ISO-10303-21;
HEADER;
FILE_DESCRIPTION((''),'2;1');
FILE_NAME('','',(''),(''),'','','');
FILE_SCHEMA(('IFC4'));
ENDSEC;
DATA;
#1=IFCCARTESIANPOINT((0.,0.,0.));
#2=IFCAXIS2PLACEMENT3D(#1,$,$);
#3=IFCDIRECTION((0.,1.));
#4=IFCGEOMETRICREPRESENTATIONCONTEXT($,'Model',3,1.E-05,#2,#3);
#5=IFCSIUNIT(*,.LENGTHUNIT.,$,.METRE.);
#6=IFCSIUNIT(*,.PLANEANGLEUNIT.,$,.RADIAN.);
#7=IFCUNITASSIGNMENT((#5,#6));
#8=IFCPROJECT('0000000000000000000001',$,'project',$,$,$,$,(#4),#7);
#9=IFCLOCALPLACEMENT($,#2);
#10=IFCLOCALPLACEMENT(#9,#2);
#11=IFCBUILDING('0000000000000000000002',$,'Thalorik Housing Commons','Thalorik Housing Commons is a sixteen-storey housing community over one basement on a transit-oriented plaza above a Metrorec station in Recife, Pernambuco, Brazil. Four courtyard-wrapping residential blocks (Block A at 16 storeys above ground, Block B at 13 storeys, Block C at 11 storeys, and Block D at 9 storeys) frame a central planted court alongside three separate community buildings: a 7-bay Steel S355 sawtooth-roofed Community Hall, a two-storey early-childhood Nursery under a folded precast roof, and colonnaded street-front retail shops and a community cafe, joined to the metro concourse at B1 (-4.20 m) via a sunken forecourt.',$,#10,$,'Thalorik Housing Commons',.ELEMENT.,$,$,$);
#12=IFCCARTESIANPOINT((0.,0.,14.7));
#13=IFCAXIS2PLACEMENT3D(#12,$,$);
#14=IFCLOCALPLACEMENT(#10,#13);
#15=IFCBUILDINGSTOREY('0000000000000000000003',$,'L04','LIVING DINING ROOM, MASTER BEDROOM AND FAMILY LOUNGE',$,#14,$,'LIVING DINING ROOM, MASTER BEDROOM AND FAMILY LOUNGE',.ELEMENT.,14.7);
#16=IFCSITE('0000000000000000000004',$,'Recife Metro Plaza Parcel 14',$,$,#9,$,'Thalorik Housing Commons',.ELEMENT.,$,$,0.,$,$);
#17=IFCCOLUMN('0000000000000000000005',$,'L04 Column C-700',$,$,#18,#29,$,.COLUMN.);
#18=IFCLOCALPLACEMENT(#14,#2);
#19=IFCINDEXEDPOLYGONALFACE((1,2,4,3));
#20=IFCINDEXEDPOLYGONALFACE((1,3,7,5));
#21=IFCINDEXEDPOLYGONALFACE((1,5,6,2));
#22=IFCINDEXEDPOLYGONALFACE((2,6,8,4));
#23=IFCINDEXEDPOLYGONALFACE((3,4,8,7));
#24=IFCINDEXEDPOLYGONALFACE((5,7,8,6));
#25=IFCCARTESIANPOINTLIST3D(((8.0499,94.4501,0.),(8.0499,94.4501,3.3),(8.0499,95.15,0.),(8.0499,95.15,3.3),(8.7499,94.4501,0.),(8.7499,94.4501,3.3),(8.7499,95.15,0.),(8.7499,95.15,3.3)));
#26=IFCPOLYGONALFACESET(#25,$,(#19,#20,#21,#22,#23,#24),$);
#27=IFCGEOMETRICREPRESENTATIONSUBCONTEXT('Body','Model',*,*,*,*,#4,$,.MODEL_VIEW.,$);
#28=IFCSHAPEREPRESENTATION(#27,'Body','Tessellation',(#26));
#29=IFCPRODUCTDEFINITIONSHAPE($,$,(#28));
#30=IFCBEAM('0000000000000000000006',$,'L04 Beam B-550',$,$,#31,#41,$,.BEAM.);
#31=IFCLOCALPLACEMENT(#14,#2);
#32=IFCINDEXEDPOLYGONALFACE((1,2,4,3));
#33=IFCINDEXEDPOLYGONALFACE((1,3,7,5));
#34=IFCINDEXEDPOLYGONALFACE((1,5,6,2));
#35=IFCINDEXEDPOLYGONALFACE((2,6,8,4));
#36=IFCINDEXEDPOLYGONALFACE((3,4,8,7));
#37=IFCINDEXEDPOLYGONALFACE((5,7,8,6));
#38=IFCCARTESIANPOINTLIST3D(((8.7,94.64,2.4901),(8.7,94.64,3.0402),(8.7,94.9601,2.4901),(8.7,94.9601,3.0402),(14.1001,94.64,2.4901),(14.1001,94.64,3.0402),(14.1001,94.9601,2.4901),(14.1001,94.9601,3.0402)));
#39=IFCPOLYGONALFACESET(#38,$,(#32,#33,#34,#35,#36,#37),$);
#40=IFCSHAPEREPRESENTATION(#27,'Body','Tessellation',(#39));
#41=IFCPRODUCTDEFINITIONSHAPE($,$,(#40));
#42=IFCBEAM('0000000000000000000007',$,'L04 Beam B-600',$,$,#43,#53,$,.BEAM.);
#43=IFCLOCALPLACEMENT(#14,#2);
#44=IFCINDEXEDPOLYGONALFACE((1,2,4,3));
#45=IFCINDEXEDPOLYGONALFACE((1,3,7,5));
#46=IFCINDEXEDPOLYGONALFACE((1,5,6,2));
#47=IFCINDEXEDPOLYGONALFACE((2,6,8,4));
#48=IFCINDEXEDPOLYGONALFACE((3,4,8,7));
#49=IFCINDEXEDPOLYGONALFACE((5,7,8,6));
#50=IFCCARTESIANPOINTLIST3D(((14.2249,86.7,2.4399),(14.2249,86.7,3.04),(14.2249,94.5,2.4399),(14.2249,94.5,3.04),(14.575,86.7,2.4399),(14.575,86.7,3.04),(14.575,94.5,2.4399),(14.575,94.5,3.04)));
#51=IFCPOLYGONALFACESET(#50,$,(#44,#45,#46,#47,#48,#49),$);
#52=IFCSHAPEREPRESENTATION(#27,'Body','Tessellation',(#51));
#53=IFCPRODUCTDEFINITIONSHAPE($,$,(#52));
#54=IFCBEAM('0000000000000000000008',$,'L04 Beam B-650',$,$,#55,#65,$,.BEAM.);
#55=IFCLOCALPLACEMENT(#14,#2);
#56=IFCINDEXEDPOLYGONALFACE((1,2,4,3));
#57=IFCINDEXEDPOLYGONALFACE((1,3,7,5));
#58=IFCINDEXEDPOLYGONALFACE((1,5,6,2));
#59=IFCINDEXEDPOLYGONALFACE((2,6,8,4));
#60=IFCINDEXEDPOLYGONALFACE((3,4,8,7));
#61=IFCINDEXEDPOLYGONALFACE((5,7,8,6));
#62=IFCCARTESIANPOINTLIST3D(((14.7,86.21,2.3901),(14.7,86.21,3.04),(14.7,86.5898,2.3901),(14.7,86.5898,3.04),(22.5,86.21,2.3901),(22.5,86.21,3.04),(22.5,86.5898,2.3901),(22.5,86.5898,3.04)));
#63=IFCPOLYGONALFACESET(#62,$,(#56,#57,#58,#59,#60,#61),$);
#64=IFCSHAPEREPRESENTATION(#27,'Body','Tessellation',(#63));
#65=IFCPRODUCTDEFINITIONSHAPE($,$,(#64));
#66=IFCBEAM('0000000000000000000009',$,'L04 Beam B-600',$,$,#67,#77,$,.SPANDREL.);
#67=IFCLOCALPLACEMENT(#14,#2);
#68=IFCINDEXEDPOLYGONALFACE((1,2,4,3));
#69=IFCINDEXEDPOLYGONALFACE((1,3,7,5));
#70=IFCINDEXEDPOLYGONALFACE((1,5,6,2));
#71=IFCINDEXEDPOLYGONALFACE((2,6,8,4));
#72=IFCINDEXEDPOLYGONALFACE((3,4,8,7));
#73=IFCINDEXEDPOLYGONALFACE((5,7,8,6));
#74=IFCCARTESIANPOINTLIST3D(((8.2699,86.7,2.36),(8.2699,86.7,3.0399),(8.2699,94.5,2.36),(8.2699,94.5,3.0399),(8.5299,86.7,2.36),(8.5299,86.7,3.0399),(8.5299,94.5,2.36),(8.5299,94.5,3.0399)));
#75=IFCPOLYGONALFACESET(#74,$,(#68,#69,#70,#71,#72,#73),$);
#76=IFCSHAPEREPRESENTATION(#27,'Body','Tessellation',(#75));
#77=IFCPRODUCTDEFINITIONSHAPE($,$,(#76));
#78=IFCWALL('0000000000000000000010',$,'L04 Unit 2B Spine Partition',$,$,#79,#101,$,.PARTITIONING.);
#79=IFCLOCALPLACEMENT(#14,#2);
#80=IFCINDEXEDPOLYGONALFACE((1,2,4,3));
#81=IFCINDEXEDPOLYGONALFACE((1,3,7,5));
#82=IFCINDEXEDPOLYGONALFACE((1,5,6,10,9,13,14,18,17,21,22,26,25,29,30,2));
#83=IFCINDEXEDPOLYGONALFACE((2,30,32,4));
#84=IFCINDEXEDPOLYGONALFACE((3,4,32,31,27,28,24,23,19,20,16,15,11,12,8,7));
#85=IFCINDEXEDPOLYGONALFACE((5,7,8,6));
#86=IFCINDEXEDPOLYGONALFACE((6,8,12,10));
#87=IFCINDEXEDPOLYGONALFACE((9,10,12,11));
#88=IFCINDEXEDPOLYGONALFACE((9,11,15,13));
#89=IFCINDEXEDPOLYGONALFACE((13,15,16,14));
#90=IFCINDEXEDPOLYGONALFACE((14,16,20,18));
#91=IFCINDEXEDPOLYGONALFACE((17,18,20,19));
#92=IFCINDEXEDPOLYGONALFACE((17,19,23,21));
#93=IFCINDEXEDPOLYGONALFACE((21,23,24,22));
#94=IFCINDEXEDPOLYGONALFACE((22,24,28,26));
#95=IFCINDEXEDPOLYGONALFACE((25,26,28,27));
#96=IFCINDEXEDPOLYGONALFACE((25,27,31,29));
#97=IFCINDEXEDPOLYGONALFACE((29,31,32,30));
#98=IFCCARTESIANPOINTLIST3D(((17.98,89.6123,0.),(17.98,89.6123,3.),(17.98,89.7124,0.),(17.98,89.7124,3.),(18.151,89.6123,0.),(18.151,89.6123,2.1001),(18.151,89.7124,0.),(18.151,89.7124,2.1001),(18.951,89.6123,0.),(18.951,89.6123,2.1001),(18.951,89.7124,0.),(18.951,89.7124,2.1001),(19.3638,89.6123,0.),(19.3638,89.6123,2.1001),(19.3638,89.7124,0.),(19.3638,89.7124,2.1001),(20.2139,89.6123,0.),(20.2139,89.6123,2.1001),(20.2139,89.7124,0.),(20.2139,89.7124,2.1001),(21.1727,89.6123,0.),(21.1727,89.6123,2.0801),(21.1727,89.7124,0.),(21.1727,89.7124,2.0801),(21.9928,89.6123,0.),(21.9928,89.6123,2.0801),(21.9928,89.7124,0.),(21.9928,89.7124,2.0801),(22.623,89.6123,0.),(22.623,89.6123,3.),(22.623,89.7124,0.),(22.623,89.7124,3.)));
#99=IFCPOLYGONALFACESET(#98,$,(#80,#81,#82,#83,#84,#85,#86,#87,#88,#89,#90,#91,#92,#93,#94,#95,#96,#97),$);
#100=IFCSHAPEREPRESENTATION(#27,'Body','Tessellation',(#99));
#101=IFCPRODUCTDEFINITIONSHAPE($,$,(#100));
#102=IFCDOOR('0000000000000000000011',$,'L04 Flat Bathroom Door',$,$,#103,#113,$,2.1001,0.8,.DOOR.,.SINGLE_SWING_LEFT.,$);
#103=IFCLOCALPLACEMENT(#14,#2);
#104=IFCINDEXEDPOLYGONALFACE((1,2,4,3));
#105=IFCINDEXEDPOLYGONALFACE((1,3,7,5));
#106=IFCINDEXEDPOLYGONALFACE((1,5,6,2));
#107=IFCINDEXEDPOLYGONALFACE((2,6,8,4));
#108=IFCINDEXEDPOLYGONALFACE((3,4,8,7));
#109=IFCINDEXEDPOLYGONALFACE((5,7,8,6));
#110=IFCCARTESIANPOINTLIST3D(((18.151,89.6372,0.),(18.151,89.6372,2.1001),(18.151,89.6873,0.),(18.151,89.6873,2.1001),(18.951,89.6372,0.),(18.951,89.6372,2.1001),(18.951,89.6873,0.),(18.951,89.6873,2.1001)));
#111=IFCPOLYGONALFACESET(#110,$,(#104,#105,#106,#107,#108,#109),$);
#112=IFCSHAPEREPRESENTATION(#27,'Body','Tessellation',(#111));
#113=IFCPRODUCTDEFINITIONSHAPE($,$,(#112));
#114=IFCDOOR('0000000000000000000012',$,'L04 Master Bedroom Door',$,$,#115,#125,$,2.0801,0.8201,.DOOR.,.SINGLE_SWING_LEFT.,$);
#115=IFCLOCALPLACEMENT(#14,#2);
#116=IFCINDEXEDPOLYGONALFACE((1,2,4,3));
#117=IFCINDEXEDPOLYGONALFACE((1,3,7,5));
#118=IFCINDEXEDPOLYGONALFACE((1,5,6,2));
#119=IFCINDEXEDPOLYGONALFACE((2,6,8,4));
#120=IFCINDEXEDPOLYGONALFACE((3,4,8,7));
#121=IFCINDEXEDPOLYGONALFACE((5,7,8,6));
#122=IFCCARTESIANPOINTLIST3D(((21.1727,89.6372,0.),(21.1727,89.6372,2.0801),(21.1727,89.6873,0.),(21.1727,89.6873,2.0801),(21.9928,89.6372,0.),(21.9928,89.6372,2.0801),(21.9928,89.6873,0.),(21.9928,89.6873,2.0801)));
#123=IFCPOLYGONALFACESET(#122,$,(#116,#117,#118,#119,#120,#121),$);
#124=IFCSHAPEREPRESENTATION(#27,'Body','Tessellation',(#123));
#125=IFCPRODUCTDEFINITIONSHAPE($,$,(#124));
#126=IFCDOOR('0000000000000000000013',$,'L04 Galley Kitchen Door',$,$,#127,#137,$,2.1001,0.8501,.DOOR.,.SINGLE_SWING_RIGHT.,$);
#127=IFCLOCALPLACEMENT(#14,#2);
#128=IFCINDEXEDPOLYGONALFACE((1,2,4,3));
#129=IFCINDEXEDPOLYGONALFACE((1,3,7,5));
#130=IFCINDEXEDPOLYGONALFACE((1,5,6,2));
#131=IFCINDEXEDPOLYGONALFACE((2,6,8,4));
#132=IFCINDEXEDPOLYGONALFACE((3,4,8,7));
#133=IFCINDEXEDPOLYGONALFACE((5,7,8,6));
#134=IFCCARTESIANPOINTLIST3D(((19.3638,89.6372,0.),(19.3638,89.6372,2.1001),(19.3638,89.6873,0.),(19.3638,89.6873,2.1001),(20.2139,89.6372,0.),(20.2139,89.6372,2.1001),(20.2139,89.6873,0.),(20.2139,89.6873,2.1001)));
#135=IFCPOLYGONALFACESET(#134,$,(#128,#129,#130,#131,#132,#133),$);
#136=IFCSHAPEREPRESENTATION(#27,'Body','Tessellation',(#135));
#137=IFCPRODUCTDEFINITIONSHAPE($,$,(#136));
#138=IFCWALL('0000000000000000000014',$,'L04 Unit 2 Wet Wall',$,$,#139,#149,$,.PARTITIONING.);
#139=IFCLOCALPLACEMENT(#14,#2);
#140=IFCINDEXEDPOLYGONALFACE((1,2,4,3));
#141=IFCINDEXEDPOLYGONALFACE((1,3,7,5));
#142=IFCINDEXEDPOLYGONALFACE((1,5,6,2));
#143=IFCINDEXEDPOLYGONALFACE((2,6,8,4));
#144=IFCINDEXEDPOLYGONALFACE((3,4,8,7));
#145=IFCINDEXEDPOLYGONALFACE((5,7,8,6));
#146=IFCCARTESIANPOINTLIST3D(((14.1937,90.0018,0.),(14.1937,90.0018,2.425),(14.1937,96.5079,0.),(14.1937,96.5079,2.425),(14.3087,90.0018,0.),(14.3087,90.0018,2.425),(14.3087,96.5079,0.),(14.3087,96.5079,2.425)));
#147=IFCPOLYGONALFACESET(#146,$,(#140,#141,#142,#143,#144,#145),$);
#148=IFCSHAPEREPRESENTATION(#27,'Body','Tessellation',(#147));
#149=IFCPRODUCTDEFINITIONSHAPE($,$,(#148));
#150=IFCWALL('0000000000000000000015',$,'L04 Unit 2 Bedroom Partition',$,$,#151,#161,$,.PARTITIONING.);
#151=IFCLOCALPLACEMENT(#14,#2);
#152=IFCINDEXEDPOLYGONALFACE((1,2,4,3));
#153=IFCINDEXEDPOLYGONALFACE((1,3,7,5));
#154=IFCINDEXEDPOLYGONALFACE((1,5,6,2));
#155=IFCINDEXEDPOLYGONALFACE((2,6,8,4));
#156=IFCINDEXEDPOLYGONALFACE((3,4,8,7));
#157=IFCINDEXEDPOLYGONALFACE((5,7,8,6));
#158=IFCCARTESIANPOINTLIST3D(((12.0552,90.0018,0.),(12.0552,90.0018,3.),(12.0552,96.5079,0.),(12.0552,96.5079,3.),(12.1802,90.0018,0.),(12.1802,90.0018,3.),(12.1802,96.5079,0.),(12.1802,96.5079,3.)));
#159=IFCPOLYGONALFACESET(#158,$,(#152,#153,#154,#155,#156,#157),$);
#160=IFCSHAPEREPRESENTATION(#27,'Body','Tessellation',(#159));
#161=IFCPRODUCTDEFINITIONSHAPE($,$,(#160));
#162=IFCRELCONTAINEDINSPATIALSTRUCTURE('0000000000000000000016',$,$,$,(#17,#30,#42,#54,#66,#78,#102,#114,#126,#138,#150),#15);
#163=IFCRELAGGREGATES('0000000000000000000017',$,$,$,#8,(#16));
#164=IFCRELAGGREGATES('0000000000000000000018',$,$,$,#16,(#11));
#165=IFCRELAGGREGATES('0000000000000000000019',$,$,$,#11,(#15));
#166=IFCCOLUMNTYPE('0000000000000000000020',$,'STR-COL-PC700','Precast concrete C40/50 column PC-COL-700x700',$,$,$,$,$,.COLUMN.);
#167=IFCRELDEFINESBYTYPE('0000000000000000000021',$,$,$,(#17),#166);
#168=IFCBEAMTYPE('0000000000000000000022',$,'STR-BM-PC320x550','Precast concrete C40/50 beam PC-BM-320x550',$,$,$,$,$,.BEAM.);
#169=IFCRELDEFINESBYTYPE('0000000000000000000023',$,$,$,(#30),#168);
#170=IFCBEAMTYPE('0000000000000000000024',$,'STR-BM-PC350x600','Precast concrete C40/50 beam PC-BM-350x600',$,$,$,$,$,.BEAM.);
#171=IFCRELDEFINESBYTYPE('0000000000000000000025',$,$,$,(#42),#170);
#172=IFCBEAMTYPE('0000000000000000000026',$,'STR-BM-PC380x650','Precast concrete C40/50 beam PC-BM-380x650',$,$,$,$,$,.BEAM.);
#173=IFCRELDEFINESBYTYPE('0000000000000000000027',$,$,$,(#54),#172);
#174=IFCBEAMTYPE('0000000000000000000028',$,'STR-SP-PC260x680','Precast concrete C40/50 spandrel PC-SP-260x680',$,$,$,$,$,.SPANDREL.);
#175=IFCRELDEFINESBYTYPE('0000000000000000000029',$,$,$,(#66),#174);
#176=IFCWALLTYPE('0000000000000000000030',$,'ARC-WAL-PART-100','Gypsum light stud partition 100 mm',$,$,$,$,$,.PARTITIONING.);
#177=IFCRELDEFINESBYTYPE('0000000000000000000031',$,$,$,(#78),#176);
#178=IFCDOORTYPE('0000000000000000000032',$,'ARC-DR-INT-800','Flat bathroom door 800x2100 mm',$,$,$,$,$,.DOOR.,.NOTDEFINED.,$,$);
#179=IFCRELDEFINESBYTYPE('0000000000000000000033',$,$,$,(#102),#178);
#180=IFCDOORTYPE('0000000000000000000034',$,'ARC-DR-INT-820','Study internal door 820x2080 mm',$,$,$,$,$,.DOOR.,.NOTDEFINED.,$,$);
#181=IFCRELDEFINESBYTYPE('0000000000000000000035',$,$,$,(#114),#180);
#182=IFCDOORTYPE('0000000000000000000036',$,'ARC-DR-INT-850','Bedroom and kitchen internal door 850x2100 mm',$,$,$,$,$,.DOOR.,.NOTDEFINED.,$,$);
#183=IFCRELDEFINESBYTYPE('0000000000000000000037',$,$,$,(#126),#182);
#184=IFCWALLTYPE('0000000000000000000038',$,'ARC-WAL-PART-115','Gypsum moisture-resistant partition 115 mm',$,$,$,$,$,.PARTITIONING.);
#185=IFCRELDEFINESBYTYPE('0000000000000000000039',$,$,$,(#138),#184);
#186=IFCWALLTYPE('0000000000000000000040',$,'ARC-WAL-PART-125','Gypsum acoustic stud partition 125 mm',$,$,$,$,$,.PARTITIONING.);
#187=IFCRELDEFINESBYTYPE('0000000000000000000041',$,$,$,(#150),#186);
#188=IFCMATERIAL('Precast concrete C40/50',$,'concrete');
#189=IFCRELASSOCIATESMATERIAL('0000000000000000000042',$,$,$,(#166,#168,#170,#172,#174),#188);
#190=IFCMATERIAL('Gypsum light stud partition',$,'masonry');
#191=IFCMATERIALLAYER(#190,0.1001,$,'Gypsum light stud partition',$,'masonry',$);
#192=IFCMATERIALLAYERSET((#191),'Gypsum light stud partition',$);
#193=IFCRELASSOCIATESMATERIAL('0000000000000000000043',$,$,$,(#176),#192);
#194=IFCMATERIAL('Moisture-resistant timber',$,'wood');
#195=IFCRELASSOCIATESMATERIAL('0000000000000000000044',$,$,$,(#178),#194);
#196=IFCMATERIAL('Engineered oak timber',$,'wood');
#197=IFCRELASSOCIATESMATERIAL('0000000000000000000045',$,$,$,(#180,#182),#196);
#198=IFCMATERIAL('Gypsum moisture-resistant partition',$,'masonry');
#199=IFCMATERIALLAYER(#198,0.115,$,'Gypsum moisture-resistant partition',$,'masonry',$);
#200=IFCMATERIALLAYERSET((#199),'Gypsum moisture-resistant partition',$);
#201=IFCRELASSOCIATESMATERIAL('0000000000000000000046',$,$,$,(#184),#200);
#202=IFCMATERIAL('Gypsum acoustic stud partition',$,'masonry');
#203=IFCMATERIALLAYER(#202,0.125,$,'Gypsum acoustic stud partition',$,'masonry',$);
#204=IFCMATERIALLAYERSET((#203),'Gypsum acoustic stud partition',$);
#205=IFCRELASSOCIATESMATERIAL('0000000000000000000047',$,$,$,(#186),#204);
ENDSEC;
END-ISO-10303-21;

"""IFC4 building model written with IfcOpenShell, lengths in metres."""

from ifc_helpers import new_model, si_unit, direction, frame, frame_2d, origin, origin_2d, place, context, subcontext, project, spatial, rectangle, extrude, material, layer, layer_set, material_profile, profile_set, type_object, element, fill, save


model = new_model("IFC4")

# Units and contexts
model_context = context("Model", 3, precision=1e-05, world=origin(), true_north=direction((0.0, 1.0)))
body_context = subcontext(model_context, "Body", "Model", "MODEL_VIEW")
ifc_project = project(units=[si_unit("LENGTHUNIT", "METRE"), si_unit("PLANEANGLEUNIT", "RADIAN")], contexts=[model_context])

# Site, building, storey
site_placement = place(None, origin())
site = spatial("IfcSite", under=ifc_project, at=site_placement, Name="Recife Metro Plaza Parcel 14", LongName="Thalorik Housing Commons", CompositionType="ELEMENT", RefElevation=0.0)
building_placement = place(site_placement, origin())
building = spatial("IfcBuilding", under=site, at=building_placement, Name="Thalorik Housing Commons", Description="Thalorik Housing Commons is a sixteen-storey housing community over one basement on a transit-oriented plaza above a Metrorec station in Recife, Pernambuco, Brazil. Four courtyard-wrapping residential blocks (Block A at 16 storeys above ground, Block B at 13 storeys, Block C at 11 storeys, and Block D at 9 storeys) frame a central planted court alongside three separate community buildings: a 7-bay Steel S355 sawtooth-roofed Community Hall, a two-storey early-childhood Nursery under a folded precast roof, and colonnaded street-front retail shops and a community cafe, joined to the metro concourse at B1 (-4.20 m) via a sunken forecourt.", LongName="Thalorik Housing Commons", CompositionType="ELEMENT")
storey_placement = place(building_placement, frame((0.0, 0.0, 14.7)))
storey = spatial("IfcBuildingStorey", under=building, at=storey_placement, Name="L04", Description="LIVING DINING ROOM, MASTER BEDROOM AND FAMILY LOUNGE", LongName="LIVING DINING ROOM, MASTER BEDROOM AND FAMILY LOUNGE", CompositionType="ELEMENT", Elevation=14.7)

# Column
ifc_material_1 = material(Name="Precast concrete C40/50", Category="concrete")
ifc_material_profile_1 = material_profile(ifc_material_1, rectangle(XDim=0.7, YDim=0.7, at=origin_2d()), Name="PC 700x700", Category="concrete")
ifc_profile_set_1 = profile_set([ifc_material_profile_1], Name="Precast concrete C40/50")
column_type = type_object("IfcColumnType", Name="STR-COL-PC700", Description="Precast concrete C40/50 column PC-COL-700x700", PredefinedType="COLUMN", material=ifc_profile_set_1)
column_placement = place(storey_placement, frame((8.3999, 94.8, 0.0), z_axis=(0.0, 0.0, 1.0), x_axis=(1.0, 0.0, 0.0)))
element("IfcColumn", 1, at=column_placement, inside=storey, type_object=column_type, Name="L04 Column C-700", PredefinedType="COLUMN", context=body_context, shape_type="SweptSolid", body=[
    extrude(rectangle(XDim=0.7, YDim=0.7, at=origin_2d()), origin(), (0.0, 0.0, 1.0), 3.3),
])

# Beams
ifc_material_profile_2 = material_profile(ifc_material_1, rectangle(XDim=0.3201, YDim=0.55, at=origin_2d()), Name="PC 320x550", Category="concrete")
ifc_profile_set_2 = profile_set([ifc_material_profile_2], Name="Precast concrete C40/50")
beam_type_1 = type_object("IfcBeamType", Name="STR-BM-PC320x550", Description="Precast concrete C40/50 beam PC-BM-320x550", PredefinedType="BEAM", material=ifc_profile_set_2)
beam_1_placement = place(storey_placement, frame((8.7, 94.8, 2.7651), z_axis=(1.0, 0.0, 0.0), x_axis=(0.0, 1.0, 0.0)))
element("IfcBeam", 2, at=beam_1_placement, inside=storey, type_object=beam_type_1, Name="L04 Beam B-550", PredefinedType="BEAM", context=body_context, shape_type="SweptSolid", body=[
    extrude(rectangle(XDim=0.3201, YDim=0.55, at=origin_2d()), origin(), (0.0, 0.0, 1.0), 5.4001),
])
ifc_material_profile_3 = material_profile(ifc_material_1, rectangle(XDim=0.3501, YDim=0.6001, at=origin_2d()), Name="PC 350x600", Category="concrete")
ifc_profile_set_3 = profile_set([ifc_material_profile_3], Name="Precast concrete C40/50")
beam_type_2 = type_object("IfcBeamType", Name="STR-BM-PC350x600", Description="Precast concrete C40/50 beam PC-BM-350x600", PredefinedType="BEAM", material=ifc_profile_set_3)
beam_2_placement = place(storey_placement, frame((14.3999, 86.7, 2.74), z_axis=(0.0, 1.0, 0.0), x_axis=(-1.0, 0.0, 0.0)))
element("IfcBeam", 3, at=beam_2_placement, inside=storey, type_object=beam_type_2, Name="L04 Beam B-600", PredefinedType="BEAM", context=body_context, shape_type="SweptSolid", body=[
    extrude(rectangle(XDim=0.3501, YDim=0.6001, at=origin_2d()), origin(), (0.0, 0.0, 1.0), 7.8),
])
ifc_material_profile_4 = material_profile(ifc_material_1, rectangle(XDim=0.3799, YDim=0.6499, at=origin_2d()), Name="PC 380x650", Category="concrete")
ifc_profile_set_4 = profile_set([ifc_material_profile_4], Name="Precast concrete C40/50")
beam_type_3 = type_object("IfcBeamType", Name="STR-BM-PC380x650", Description="Precast concrete C40/50 beam PC-BM-380x650", PredefinedType="BEAM", material=ifc_profile_set_4)
beam_3_placement = place(storey_placement, frame((14.7, 86.3999, 2.7151), z_axis=(1.0, 0.0, 0.0), x_axis=(0.0, 1.0, 0.0)))
element("IfcBeam", 4, at=beam_3_placement, inside=storey, type_object=beam_type_3, Name="L04 Beam B-650", PredefinedType="BEAM", context=body_context, shape_type="SweptSolid", body=[
    extrude(rectangle(XDim=0.3799, YDim=0.6499, at=origin_2d()), origin(), (0.0, 0.0, 1.0), 7.8),
])
ifc_material_profile_5 = material_profile(ifc_material_1, rectangle(XDim=0.26, YDim=0.6799, at=origin_2d()), Name="PC SP 260x680", Category="concrete")
ifc_profile_set_5 = profile_set([ifc_material_profile_5], Name="Precast concrete C40/50")
beam_type_4 = type_object("IfcBeamType", Name="STR-SP-PC260x680", Description="Precast concrete C40/50 spandrel PC-SP-260x680", PredefinedType="SPANDREL", material=ifc_profile_set_5)
beam_4_placement = place(storey_placement, frame((8.3999, 86.7, 2.7), z_axis=(0.0, 1.0, 0.0), x_axis=(-1.0, 0.0, 0.0)))
element("IfcBeam", 5, at=beam_4_placement, inside=storey, type_object=beam_type_4, Name="L04 Beam B-600", PredefinedType="SPANDREL", context=body_context, shape_type="SweptSolid", body=[
    extrude(rectangle(XDim=0.26, YDim=0.6799, at=origin_2d()), origin(), (0.0, 0.0, 1.0), 7.8),
])

# Wall, openings, doors
ifc_material_2 = material(Name="Gypsum light stud partition", Category="masonry")
ifc_layer_1 = layer(ifc_material_2, 0.1001, Name="Gypsum light stud partition", Category="masonry")
ifc_layer_set_1 = layer_set([ifc_layer_1], Name="Gypsum light stud partition")
wall_type_1 = type_object("IfcWallType", Name="ARC-WAL-PART-100", Description="Gypsum light stud partition 100 mm", PredefinedType="PARTITIONING", material=ifc_layer_set_1)
wall_1_placement = place(storey_placement, frame((17.98, 89.6624, 0.0), z_axis=(0.0, 0.0, 1.0), x_axis=(1.0, 0.0, 0.0)))
wall_1 = element("IfcWall", 6, at=wall_1_placement, inside=storey, type_object=wall_type_1, Name="L04 Unit 2B Spine Partition", PredefinedType="PARTITIONING", context=body_context, shape_type="SweptSolid", body=[
    extrude(rectangle(XDim=4.6431, YDim=0.1001, at=frame_2d((2.3215, 0.0))), origin(), (0.0, 0.0, 1.0), 3.0),
])
opening_1_placement = place(wall_1_placement, frame((0.1711, 0.0, 0.0)))
opening_1 = element("IfcOpeningElement", 7, at=opening_1_placement, cuts=wall_1, PredefinedType="OPENING", context=body_context, shape_type="SweptSolid", body=[
    extrude(rectangle(XDim=0.8, YDim=2.1001, at=frame_2d((0.3999, 1.05))), frame((0.0, 0.0601, 0.0), z_axis=(0.0, -1.0, 0.0), x_axis=(1.0, 0.0, 0.0)), (0.0, 0.0, 1.0), 0.1201),
])
opening_2_placement = place(wall_1_placement, frame((1.3838, 0.0, 0.0)))
opening_2 = element("IfcOpeningElement", 8, at=opening_2_placement, cuts=wall_1, PredefinedType="OPENING", context=body_context, shape_type="SweptSolid", body=[
    extrude(rectangle(XDim=0.8501, YDim=2.1001, at=frame_2d((0.425, 1.05))), frame((0.0, 0.0601, 0.0), z_axis=(0.0, -1.0, 0.0), x_axis=(1.0, 0.0, 0.0)), (0.0, 0.0, 1.0), 0.1201),
])
opening_3_placement = place(wall_1_placement, frame((3.1926, 0.0, 0.0)))
opening_3 = element("IfcOpeningElement", 9, at=opening_3_placement, cuts=wall_1, PredefinedType="OPENING", context=body_context, shape_type="SweptSolid", body=[
    extrude(rectangle(XDim=0.8201, YDim=2.0801, at=frame_2d((0.4102, 1.04))), frame((0.0, 0.0601, 0.0), z_axis=(0.0, -1.0, 0.0), x_axis=(1.0, 0.0, 0.0)), (0.0, 0.0, 1.0), 0.1201),
])
ifc_material_3 = material(Name="Moisture-resistant timber", Category="wood")
door_type_1 = type_object("IfcDoorType", Name="ARC-DR-INT-800", Description="Flat bathroom door 800x2100 mm", OperationType="NOTDEFINED", PredefinedType="DOOR", material=ifc_material_3)
door_1_placement = place(opening_1_placement, origin())
door_1 = element("IfcDoor", 10, at=door_1_placement, inside=storey, type_object=door_type_1, Name="L04 Flat Bathroom Door", OperationType="SINGLE_SWING_LEFT", OverallHeight=2.1001, OverallWidth=0.8, PredefinedType="DOOR", context=body_context, shape_type="SweptSolid", body=[
    extrude(rectangle(XDim=0.8, YDim=2.1001, at=frame_2d((0.3999, 1.05))), frame((0.0, 0.0249, 0.0), z_axis=(0.0, -1.0, 0.0), x_axis=(1.0, 0.0, 0.0)), (0.0, 0.0, 1.0), 0.05),
])
fill(opening_1, door_1)
ifc_material_4 = material(Name="Engineered oak timber", Category="wood")
door_type_2 = type_object("IfcDoorType", Name="ARC-DR-INT-820", Description="Study internal door 820x2080 mm", OperationType="NOTDEFINED", PredefinedType="DOOR", material=ifc_material_4)
door_2_placement = place(opening_3_placement, origin())
door_2 = element("IfcDoor", 11, at=door_2_placement, inside=storey, type_object=door_type_2, Name="L04 Master Bedroom Door", OperationType="SINGLE_SWING_LEFT", OverallHeight=2.0801, OverallWidth=0.8201, PredefinedType="DOOR", context=body_context, shape_type="SweptSolid", body=[
    extrude(rectangle(XDim=0.8201, YDim=2.0801, at=frame_2d((0.4102, 1.04))), frame((0.0, 0.0249, 0.0), z_axis=(0.0, -1.0, 0.0), x_axis=(1.0, 0.0, 0.0)), (0.0, 0.0, 1.0), 0.05),
])
fill(opening_3, door_2)
door_type_3 = type_object("IfcDoorType", Name="ARC-DR-INT-850", Description="Bedroom and kitchen internal door 850x2100 mm", OperationType="NOTDEFINED", PredefinedType="DOOR", material=ifc_material_4)
door_3_placement = place(opening_2_placement, origin())
door_3 = element("IfcDoor", 12, at=door_3_placement, inside=storey, type_object=door_type_3, Name="L04 Galley Kitchen Door", OperationType="SINGLE_SWING_RIGHT", OverallHeight=2.1001, OverallWidth=0.8501, PredefinedType="DOOR", context=body_context, shape_type="SweptSolid", body=[
    extrude(rectangle(XDim=0.8501, YDim=2.1001, at=frame_2d((0.425, 1.05))), frame((0.0, 0.0249, 0.0), z_axis=(0.0, -1.0, 0.0), x_axis=(1.0, 0.0, 0.0)), (0.0, 0.0, 1.0), 0.05),
])
fill(opening_2, door_3)

# Walls
ifc_material_5 = material(Name="Gypsum moisture-resistant partition", Category="masonry")
ifc_layer_2 = layer(ifc_material_5, 0.115, Name="Gypsum moisture-resistant partition", Category="masonry")
ifc_layer_set_2 = layer_set([ifc_layer_2], Name="Gypsum moisture-resistant partition")
wall_type_2 = type_object("IfcWallType", Name="ARC-WAL-PART-115", Description="Gypsum moisture-resistant partition 115 mm", PredefinedType="PARTITIONING", material=ifc_layer_set_2)
wall_2_placement = place(storey_placement, frame((14.2512, 90.002, 0.0), z_axis=(0.0, 0.0, 1.0), x_axis=(0.0, 1.0, 0.0)))
element("IfcWall", 13, at=wall_2_placement, inside=storey, type_object=wall_type_2, Name="L04 Unit 2 Wet Wall", PredefinedType="PARTITIONING", context=body_context, shape_type="SweptSolid", body=[
    extrude(rectangle(XDim=6.5061, YDim=0.115, at=frame_2d((3.2529, 0.0))), origin(), (0.0, 0.0, 1.0), 2.425),
])
ifc_material_6 = material(Name="Gypsum acoustic stud partition", Category="masonry")
ifc_layer_3 = layer(ifc_material_6, 0.125, Name="Gypsum acoustic stud partition", Category="masonry")
ifc_layer_set_3 = layer_set([ifc_layer_3], Name="Gypsum acoustic stud partition")
wall_type_3 = type_object("IfcWallType", Name="ARC-WAL-PART-125", Description="Gypsum acoustic stud partition 125 mm", PredefinedType="PARTITIONING", material=ifc_layer_set_3)
wall_3_placement = place(storey_placement, frame((12.1177, 90.002, 0.0), z_axis=(0.0, 0.0, 1.0), x_axis=(0.0, 1.0, 0.0)))
element("IfcWall", 14, at=wall_3_placement, inside=storey, type_object=wall_type_3, Name="L04 Unit 2 Bedroom Partition", PredefinedType="PARTITIONING", context=body_context, shape_type="SweptSolid", body=[
    extrude(rectangle(XDim=6.5061, YDim=0.125, at=frame_2d((3.2529, 0.0))), origin(), (0.0, 0.0, 1.0), 3.0),
])

save(model, "model.ifc")
